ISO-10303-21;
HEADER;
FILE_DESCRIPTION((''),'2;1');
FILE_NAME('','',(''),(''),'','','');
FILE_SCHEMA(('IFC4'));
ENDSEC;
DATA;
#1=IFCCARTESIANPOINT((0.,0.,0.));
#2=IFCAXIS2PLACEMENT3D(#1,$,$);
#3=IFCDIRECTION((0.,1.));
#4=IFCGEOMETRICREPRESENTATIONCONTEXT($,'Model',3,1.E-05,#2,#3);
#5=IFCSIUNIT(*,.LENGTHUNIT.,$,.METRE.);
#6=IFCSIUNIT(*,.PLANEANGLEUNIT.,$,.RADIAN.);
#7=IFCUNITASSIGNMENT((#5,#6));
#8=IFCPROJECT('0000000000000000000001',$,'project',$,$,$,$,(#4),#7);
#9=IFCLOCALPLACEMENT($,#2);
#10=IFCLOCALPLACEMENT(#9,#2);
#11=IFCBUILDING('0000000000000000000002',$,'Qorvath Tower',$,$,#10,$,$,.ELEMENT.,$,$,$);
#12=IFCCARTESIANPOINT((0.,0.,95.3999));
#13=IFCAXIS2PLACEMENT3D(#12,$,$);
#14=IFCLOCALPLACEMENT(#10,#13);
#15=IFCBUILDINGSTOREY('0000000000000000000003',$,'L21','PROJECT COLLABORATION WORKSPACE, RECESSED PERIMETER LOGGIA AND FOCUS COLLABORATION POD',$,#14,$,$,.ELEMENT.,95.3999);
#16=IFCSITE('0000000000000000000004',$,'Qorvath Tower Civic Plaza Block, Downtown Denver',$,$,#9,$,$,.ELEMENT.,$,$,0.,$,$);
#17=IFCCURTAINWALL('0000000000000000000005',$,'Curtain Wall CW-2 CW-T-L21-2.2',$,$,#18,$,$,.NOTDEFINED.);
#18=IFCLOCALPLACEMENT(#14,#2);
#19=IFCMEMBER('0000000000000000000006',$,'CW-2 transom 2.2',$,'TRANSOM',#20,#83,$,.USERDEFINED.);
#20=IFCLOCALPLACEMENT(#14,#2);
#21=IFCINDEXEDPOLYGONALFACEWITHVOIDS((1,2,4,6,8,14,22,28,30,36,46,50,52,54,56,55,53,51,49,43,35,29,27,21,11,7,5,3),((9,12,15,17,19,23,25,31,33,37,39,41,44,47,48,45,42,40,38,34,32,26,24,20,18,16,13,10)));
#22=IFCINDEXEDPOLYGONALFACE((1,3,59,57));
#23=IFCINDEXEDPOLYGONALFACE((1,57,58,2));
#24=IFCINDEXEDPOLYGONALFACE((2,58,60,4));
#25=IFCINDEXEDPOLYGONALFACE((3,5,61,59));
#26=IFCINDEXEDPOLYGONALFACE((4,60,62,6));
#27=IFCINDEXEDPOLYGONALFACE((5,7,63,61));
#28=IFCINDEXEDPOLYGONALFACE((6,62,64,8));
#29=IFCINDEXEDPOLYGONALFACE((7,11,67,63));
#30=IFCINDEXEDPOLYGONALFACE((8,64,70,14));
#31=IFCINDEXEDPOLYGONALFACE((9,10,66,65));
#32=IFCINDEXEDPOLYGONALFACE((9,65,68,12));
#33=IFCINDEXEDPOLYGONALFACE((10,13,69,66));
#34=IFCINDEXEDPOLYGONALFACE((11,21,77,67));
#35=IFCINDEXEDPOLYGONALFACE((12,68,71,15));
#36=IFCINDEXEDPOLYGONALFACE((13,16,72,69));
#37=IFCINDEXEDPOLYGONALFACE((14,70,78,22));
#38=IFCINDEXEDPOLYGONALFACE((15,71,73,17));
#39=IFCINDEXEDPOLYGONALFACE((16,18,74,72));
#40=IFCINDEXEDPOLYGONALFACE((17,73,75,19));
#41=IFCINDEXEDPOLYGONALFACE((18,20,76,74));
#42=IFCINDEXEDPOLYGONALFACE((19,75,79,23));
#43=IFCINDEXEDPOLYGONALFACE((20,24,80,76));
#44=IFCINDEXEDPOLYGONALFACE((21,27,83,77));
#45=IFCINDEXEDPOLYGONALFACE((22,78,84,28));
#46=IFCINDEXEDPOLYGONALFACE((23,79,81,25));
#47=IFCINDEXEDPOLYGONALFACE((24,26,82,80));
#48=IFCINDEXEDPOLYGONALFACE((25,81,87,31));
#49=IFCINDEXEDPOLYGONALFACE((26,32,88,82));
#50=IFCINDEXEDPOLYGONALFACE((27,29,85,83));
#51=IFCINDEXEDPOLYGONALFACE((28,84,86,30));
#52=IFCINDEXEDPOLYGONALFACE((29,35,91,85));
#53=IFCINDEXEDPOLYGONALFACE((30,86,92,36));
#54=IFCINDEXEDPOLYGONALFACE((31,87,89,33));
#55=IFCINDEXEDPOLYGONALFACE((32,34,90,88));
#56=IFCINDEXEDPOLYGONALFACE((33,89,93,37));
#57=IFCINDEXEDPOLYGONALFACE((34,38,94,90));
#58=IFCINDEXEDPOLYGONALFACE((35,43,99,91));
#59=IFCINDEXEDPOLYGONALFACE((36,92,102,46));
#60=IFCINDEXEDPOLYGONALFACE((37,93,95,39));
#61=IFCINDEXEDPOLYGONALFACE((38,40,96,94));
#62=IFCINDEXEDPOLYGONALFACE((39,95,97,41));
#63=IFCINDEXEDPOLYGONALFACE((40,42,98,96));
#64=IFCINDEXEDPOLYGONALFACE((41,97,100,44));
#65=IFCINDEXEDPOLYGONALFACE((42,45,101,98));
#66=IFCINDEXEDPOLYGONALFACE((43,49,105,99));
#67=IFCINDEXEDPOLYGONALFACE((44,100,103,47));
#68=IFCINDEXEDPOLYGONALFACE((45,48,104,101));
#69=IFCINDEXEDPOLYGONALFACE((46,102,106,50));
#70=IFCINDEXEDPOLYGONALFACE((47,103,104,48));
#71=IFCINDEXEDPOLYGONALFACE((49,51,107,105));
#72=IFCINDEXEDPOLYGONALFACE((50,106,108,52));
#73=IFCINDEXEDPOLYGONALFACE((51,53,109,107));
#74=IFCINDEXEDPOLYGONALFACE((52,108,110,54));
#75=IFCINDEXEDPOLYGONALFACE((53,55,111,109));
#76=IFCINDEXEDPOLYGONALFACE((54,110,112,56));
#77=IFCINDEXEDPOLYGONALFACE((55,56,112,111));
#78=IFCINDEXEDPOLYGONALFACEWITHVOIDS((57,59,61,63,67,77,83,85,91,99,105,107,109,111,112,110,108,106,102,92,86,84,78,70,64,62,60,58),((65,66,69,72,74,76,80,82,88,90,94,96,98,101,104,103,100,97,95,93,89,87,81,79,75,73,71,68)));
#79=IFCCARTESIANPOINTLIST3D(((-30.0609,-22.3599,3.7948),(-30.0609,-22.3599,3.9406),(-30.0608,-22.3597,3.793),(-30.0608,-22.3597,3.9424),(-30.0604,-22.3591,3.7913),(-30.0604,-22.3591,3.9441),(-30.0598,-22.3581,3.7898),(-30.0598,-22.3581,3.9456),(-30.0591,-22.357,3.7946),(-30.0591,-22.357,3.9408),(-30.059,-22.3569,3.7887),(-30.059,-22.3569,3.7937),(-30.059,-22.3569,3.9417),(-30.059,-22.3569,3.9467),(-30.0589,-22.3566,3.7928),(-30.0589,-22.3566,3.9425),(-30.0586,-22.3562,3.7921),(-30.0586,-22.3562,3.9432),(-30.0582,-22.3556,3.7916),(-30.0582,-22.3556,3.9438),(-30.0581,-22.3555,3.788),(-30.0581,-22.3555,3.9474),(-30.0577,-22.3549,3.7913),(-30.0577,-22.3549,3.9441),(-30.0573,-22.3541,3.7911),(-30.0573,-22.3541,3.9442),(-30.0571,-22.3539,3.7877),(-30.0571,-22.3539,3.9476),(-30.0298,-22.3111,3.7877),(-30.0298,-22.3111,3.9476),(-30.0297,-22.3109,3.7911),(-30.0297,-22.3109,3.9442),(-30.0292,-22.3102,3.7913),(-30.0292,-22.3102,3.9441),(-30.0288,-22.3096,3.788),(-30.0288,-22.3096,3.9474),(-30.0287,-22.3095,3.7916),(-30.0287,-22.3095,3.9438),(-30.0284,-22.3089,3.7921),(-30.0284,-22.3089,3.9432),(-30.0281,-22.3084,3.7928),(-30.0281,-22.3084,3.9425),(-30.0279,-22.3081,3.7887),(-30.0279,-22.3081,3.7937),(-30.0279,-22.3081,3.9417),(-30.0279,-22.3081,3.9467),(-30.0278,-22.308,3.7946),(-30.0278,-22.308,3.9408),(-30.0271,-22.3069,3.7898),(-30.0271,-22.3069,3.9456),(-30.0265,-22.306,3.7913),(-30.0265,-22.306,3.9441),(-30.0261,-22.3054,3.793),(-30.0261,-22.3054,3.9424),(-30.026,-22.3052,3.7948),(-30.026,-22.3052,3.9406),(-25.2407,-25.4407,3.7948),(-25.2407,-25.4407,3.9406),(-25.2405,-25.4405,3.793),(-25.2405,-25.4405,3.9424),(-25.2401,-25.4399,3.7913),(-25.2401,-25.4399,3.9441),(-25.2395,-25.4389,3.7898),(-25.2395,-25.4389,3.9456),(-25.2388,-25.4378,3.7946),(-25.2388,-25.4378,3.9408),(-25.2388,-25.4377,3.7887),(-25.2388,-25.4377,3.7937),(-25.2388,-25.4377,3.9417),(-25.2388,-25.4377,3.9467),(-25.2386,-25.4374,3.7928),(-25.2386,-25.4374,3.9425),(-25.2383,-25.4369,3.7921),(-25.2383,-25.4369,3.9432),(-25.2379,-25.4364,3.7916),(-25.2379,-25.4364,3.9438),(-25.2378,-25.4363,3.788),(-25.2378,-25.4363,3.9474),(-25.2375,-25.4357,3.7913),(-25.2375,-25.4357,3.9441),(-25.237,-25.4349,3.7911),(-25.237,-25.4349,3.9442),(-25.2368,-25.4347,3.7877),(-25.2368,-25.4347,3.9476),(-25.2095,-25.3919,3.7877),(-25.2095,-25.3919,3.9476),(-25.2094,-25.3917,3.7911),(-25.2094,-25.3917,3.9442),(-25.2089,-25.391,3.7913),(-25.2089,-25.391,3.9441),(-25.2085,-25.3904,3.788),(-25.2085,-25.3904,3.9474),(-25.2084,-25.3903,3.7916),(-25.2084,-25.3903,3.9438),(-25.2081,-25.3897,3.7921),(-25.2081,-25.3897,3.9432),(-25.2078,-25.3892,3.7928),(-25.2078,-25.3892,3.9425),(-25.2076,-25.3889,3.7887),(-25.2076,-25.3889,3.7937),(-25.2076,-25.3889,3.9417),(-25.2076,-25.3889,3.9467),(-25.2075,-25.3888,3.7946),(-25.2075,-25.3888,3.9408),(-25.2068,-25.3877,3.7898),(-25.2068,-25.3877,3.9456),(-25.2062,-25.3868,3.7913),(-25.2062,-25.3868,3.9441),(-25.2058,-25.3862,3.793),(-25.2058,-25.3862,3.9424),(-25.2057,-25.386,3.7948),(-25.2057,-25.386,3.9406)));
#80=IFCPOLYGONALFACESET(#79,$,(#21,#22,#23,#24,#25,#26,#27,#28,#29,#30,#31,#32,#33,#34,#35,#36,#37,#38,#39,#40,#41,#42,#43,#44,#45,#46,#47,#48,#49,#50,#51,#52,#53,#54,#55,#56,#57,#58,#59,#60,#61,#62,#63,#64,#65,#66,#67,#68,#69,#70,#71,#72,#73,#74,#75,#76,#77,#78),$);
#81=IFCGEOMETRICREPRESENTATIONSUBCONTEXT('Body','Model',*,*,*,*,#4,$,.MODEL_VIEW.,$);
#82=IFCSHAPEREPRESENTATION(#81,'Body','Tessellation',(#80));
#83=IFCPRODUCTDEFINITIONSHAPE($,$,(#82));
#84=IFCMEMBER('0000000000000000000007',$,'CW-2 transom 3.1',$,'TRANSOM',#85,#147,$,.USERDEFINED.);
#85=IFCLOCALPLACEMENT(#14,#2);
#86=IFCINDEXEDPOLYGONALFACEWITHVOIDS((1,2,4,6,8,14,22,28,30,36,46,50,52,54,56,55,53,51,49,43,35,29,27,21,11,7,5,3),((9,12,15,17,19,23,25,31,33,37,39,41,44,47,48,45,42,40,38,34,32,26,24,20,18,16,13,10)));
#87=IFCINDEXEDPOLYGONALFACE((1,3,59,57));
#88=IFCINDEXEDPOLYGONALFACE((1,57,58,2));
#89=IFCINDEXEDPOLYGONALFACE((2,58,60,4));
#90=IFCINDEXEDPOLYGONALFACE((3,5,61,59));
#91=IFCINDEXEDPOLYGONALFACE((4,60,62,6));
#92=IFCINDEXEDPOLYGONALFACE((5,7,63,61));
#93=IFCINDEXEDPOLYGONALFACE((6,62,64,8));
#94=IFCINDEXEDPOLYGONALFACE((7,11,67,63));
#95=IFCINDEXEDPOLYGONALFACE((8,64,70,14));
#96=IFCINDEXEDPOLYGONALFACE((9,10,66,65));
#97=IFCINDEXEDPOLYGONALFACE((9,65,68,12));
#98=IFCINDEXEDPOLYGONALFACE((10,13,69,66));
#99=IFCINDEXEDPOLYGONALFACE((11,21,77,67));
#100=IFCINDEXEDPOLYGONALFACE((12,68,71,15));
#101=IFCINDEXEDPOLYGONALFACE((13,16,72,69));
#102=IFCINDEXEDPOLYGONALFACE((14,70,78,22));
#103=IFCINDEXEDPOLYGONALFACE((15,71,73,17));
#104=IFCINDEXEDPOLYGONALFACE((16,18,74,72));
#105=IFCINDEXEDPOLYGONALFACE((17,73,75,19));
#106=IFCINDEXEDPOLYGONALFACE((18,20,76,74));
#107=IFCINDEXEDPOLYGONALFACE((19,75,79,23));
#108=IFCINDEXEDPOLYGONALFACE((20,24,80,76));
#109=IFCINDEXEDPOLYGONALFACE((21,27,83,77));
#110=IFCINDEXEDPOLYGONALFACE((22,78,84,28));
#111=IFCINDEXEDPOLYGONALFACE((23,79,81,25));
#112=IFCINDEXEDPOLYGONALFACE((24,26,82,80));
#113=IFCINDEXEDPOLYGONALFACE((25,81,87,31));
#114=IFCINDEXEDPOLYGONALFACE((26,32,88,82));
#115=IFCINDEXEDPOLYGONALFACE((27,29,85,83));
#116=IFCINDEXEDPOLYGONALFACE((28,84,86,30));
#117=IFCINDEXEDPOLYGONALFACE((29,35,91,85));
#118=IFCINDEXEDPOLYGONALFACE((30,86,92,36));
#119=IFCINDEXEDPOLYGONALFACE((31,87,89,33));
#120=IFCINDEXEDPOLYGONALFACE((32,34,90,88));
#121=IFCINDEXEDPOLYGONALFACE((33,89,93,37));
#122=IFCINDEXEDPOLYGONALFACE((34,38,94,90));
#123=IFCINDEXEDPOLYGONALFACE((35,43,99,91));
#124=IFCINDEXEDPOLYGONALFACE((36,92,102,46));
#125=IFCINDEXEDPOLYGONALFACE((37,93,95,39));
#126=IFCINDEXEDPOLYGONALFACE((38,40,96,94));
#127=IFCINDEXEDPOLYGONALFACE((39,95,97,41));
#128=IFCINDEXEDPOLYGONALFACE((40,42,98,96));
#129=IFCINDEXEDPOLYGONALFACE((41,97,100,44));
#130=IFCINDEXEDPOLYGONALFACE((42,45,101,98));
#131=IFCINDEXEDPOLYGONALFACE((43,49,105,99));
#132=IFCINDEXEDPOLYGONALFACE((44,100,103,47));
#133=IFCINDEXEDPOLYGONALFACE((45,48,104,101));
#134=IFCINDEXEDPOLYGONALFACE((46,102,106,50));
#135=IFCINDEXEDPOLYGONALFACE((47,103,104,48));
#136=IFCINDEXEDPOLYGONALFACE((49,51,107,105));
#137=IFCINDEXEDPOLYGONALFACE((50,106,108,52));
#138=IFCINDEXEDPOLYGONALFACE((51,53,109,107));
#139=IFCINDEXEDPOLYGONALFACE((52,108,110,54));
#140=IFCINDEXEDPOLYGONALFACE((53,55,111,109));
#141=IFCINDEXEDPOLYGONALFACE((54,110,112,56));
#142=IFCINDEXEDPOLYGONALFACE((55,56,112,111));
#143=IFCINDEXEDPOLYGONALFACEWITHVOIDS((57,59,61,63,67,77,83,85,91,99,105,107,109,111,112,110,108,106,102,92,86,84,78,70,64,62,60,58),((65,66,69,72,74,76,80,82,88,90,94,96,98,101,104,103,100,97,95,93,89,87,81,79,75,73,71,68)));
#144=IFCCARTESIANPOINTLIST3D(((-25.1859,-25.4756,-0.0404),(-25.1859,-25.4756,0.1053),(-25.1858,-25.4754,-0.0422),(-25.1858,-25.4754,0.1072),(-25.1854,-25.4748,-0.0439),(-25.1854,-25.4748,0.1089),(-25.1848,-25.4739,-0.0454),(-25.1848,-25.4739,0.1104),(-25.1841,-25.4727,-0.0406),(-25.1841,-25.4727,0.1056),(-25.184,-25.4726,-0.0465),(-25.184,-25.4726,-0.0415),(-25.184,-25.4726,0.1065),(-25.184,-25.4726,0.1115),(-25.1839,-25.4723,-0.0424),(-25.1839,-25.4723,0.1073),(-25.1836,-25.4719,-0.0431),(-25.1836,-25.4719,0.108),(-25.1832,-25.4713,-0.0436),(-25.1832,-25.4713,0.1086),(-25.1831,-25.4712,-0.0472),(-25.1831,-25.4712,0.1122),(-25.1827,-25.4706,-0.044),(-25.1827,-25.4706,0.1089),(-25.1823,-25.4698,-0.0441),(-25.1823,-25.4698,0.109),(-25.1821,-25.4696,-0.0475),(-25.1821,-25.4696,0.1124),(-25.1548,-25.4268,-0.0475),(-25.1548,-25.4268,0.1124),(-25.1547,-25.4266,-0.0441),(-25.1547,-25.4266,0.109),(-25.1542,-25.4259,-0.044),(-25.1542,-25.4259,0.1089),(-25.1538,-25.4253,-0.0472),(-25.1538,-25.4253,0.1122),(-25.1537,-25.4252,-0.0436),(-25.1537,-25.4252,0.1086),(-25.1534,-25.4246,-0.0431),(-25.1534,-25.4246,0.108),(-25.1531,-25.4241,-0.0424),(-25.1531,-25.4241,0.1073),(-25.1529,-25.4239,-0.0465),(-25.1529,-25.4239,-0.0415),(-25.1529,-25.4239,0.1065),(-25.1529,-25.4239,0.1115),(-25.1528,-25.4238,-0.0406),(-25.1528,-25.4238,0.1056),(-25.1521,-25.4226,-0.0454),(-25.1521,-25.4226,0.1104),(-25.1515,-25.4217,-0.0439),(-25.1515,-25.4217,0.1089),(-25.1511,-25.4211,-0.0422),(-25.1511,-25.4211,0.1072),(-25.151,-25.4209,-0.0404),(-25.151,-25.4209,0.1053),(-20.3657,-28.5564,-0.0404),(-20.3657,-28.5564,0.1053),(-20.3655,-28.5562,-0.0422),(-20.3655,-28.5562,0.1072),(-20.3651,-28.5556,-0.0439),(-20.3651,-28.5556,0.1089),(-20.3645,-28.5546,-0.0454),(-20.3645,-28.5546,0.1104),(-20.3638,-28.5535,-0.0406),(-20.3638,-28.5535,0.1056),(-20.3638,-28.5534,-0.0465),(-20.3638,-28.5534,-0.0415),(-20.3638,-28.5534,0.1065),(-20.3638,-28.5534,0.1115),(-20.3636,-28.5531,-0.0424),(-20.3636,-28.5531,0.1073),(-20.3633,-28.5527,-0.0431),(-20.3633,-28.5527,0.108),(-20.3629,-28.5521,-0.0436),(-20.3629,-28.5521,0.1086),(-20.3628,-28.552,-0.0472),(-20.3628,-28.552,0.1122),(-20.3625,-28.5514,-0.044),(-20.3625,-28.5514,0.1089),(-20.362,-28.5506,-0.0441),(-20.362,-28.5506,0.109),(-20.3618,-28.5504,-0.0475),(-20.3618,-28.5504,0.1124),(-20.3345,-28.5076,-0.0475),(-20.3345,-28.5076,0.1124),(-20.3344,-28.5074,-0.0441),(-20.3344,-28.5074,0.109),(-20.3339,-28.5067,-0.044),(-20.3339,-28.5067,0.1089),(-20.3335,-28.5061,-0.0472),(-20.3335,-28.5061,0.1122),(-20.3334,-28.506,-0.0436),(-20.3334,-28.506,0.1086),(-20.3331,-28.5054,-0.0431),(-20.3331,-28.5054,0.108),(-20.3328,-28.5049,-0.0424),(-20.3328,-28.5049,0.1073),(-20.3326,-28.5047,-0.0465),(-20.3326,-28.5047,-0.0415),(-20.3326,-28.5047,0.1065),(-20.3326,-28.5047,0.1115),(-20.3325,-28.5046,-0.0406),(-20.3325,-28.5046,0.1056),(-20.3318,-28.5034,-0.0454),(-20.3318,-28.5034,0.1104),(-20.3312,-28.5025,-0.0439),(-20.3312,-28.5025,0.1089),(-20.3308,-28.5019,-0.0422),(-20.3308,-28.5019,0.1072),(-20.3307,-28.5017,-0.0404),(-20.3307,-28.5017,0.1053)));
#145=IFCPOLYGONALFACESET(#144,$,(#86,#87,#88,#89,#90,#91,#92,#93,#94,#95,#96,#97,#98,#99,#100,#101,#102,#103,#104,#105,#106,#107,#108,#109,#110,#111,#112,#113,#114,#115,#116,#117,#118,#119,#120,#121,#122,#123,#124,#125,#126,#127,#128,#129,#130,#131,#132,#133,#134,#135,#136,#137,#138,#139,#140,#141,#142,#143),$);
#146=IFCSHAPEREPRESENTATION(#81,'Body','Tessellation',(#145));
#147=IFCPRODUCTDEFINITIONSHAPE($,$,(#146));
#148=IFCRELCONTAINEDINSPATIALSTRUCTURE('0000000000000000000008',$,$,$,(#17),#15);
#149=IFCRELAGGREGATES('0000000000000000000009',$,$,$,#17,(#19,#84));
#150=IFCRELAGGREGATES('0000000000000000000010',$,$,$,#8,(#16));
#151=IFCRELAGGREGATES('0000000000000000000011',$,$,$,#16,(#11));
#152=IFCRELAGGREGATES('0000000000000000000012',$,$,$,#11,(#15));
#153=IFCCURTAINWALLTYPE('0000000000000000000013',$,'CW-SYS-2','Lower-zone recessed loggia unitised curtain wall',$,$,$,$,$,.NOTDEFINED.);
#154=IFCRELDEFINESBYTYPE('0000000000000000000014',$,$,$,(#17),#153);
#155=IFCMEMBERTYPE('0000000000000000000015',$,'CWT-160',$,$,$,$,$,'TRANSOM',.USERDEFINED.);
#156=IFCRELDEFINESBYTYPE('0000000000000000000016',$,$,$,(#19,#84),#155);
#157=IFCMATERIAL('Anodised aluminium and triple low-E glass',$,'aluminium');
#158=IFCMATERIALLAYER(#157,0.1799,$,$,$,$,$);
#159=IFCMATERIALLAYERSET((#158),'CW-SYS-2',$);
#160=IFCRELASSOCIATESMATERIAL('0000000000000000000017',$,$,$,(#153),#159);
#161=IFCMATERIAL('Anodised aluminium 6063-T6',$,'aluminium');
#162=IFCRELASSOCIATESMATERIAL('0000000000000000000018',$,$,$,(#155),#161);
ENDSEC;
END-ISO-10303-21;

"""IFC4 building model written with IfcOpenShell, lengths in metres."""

from ifc_helpers import new_model, si_unit, direction, frame, origin, origin_2d, place, context, subcontext, project, spatial, hollow_rectangle, extrude, material, layer, layer_set, material_profile, profile_set, type_object, element, aggregate, save


model = new_model("IFC4")

# Units and contexts
model_context = context("Model", 3, precision=1e-05, world=origin(), true_north=direction((0.0, 1.0)))
body_context = subcontext(model_context, "Body", "Model", "MODEL_VIEW")
ifc_project = project(units=[si_unit("LENGTHUNIT", "METRE"), si_unit("PLANEANGLEUNIT", "RADIAN")], contexts=[model_context])

# Site, building, storey
site_placement = place(None, origin())
site = spatial("IfcSite", under=ifc_project, at=site_placement, Name="Qorvath Tower Civic Plaza Block, Downtown Denver", CompositionType="ELEMENT", RefElevation=0.0)
building_placement = place(site_placement, origin())
building = spatial("IfcBuilding", under=site, at=building_placement, Name="Qorvath Tower", CompositionType="ELEMENT")
storey_placement = place(building_placement, frame((0.0, 0.0, 95.3999)))
storey = spatial("IfcBuildingStorey", under=building, at=storey_placement, Name="L21", Description="PROJECT COLLABORATION WORKSPACE, RECESSED PERIMETER LOGGIA AND FOCUS COLLABORATION POD", CompositionType="ELEMENT", Elevation=95.3999)

# Curtain wall, members
ifc_material_1 = material(Name="Anodised aluminium and triple low-E glass", Category="aluminium")
ifc_layer_1 = layer(ifc_material_1, 0.1799)
ifc_layer_set_1 = layer_set([ifc_layer_1], Name="CW-SYS-2")
curtain_wall_type = type_object("IfcCurtainWallType", Name="CW-SYS-2", Description="Lower-zone recessed loggia unitised curtain wall", PredefinedType="NOTDEFINED", material=ifc_layer_set_1)
curtain_wall_placement = place(storey_placement, origin())
curtain_wall = element("IfcCurtainWall", 1, at=curtain_wall_placement, inside=storey, type_object=curtain_wall_type, Name="Curtain Wall CW-2 CW-T-L21-2.2", PredefinedType="NOTDEFINED")
ifc_material_2 = material(Name="Anodised aluminium 6063-T6", Category="aluminium")
ifc_material_profile_1 = material_profile(ifc_material_2, hollow_rectangle(XDim=0.0649, YDim=0.1599, WallThickness=0.0034, InnerFilletRadius=0.0034, OuterFilletRadius=0.0071, at=origin_2d()), Name="CWT 160x65")
ifc_profile_set_1 = profile_set([ifc_material_profile_1], Name="Anodised aluminium 6063-T6")
member_type_1 = type_object("IfcMemberType", Name="CWT-160", ElementType="TRANSOM", PredefinedType="USERDEFINED", material=ifc_profile_set_1)
member_1_placement = place(storey_placement, frame((-30.0435, -22.3325, 3.8677), z_axis=(0.842604, -0.538534, 0.0), x_axis=(0.538534, 0.842604, 0.0)))
member_1 = element("IfcMember", 2, at=member_1_placement, type_object=member_type_1, Name="CW-2 transom 2.2", ObjectType="TRANSOM", PredefinedType="USERDEFINED", context=body_context, shape_type="SweptSolid", body=[
    extrude(hollow_rectangle(XDim=0.0649, YDim=0.1599, WallThickness=0.0034, InnerFilletRadius=0.0034, OuterFilletRadius=0.0071, at=origin_2d()), origin(), (0.0, 0.0, 1.0), 5.7207),
])
member_2_placement = place(storey_placement, frame((-25.1685, -25.4482, 0.0325), z_axis=(0.842604, -0.538534, 0.0), x_axis=(0.538534, 0.842604, 0.0)))
member_2 = element("IfcMember", 3, at=member_2_placement, type_object=member_type_1, Name="CW-2 transom 3.1", ObjectType="TRANSOM", PredefinedType="USERDEFINED", context=body_context, shape_type="SweptSolid", body=[
    extrude(hollow_rectangle(XDim=0.0649, YDim=0.1599, WallThickness=0.0034, InnerFilletRadius=0.0034, OuterFilletRadius=0.0071, at=origin_2d()), origin(), (0.0, 0.0, 1.0), 5.7207),
])
aggregate(curtain_wall, [member_1, member_2])

save(model, "model.ifc")
